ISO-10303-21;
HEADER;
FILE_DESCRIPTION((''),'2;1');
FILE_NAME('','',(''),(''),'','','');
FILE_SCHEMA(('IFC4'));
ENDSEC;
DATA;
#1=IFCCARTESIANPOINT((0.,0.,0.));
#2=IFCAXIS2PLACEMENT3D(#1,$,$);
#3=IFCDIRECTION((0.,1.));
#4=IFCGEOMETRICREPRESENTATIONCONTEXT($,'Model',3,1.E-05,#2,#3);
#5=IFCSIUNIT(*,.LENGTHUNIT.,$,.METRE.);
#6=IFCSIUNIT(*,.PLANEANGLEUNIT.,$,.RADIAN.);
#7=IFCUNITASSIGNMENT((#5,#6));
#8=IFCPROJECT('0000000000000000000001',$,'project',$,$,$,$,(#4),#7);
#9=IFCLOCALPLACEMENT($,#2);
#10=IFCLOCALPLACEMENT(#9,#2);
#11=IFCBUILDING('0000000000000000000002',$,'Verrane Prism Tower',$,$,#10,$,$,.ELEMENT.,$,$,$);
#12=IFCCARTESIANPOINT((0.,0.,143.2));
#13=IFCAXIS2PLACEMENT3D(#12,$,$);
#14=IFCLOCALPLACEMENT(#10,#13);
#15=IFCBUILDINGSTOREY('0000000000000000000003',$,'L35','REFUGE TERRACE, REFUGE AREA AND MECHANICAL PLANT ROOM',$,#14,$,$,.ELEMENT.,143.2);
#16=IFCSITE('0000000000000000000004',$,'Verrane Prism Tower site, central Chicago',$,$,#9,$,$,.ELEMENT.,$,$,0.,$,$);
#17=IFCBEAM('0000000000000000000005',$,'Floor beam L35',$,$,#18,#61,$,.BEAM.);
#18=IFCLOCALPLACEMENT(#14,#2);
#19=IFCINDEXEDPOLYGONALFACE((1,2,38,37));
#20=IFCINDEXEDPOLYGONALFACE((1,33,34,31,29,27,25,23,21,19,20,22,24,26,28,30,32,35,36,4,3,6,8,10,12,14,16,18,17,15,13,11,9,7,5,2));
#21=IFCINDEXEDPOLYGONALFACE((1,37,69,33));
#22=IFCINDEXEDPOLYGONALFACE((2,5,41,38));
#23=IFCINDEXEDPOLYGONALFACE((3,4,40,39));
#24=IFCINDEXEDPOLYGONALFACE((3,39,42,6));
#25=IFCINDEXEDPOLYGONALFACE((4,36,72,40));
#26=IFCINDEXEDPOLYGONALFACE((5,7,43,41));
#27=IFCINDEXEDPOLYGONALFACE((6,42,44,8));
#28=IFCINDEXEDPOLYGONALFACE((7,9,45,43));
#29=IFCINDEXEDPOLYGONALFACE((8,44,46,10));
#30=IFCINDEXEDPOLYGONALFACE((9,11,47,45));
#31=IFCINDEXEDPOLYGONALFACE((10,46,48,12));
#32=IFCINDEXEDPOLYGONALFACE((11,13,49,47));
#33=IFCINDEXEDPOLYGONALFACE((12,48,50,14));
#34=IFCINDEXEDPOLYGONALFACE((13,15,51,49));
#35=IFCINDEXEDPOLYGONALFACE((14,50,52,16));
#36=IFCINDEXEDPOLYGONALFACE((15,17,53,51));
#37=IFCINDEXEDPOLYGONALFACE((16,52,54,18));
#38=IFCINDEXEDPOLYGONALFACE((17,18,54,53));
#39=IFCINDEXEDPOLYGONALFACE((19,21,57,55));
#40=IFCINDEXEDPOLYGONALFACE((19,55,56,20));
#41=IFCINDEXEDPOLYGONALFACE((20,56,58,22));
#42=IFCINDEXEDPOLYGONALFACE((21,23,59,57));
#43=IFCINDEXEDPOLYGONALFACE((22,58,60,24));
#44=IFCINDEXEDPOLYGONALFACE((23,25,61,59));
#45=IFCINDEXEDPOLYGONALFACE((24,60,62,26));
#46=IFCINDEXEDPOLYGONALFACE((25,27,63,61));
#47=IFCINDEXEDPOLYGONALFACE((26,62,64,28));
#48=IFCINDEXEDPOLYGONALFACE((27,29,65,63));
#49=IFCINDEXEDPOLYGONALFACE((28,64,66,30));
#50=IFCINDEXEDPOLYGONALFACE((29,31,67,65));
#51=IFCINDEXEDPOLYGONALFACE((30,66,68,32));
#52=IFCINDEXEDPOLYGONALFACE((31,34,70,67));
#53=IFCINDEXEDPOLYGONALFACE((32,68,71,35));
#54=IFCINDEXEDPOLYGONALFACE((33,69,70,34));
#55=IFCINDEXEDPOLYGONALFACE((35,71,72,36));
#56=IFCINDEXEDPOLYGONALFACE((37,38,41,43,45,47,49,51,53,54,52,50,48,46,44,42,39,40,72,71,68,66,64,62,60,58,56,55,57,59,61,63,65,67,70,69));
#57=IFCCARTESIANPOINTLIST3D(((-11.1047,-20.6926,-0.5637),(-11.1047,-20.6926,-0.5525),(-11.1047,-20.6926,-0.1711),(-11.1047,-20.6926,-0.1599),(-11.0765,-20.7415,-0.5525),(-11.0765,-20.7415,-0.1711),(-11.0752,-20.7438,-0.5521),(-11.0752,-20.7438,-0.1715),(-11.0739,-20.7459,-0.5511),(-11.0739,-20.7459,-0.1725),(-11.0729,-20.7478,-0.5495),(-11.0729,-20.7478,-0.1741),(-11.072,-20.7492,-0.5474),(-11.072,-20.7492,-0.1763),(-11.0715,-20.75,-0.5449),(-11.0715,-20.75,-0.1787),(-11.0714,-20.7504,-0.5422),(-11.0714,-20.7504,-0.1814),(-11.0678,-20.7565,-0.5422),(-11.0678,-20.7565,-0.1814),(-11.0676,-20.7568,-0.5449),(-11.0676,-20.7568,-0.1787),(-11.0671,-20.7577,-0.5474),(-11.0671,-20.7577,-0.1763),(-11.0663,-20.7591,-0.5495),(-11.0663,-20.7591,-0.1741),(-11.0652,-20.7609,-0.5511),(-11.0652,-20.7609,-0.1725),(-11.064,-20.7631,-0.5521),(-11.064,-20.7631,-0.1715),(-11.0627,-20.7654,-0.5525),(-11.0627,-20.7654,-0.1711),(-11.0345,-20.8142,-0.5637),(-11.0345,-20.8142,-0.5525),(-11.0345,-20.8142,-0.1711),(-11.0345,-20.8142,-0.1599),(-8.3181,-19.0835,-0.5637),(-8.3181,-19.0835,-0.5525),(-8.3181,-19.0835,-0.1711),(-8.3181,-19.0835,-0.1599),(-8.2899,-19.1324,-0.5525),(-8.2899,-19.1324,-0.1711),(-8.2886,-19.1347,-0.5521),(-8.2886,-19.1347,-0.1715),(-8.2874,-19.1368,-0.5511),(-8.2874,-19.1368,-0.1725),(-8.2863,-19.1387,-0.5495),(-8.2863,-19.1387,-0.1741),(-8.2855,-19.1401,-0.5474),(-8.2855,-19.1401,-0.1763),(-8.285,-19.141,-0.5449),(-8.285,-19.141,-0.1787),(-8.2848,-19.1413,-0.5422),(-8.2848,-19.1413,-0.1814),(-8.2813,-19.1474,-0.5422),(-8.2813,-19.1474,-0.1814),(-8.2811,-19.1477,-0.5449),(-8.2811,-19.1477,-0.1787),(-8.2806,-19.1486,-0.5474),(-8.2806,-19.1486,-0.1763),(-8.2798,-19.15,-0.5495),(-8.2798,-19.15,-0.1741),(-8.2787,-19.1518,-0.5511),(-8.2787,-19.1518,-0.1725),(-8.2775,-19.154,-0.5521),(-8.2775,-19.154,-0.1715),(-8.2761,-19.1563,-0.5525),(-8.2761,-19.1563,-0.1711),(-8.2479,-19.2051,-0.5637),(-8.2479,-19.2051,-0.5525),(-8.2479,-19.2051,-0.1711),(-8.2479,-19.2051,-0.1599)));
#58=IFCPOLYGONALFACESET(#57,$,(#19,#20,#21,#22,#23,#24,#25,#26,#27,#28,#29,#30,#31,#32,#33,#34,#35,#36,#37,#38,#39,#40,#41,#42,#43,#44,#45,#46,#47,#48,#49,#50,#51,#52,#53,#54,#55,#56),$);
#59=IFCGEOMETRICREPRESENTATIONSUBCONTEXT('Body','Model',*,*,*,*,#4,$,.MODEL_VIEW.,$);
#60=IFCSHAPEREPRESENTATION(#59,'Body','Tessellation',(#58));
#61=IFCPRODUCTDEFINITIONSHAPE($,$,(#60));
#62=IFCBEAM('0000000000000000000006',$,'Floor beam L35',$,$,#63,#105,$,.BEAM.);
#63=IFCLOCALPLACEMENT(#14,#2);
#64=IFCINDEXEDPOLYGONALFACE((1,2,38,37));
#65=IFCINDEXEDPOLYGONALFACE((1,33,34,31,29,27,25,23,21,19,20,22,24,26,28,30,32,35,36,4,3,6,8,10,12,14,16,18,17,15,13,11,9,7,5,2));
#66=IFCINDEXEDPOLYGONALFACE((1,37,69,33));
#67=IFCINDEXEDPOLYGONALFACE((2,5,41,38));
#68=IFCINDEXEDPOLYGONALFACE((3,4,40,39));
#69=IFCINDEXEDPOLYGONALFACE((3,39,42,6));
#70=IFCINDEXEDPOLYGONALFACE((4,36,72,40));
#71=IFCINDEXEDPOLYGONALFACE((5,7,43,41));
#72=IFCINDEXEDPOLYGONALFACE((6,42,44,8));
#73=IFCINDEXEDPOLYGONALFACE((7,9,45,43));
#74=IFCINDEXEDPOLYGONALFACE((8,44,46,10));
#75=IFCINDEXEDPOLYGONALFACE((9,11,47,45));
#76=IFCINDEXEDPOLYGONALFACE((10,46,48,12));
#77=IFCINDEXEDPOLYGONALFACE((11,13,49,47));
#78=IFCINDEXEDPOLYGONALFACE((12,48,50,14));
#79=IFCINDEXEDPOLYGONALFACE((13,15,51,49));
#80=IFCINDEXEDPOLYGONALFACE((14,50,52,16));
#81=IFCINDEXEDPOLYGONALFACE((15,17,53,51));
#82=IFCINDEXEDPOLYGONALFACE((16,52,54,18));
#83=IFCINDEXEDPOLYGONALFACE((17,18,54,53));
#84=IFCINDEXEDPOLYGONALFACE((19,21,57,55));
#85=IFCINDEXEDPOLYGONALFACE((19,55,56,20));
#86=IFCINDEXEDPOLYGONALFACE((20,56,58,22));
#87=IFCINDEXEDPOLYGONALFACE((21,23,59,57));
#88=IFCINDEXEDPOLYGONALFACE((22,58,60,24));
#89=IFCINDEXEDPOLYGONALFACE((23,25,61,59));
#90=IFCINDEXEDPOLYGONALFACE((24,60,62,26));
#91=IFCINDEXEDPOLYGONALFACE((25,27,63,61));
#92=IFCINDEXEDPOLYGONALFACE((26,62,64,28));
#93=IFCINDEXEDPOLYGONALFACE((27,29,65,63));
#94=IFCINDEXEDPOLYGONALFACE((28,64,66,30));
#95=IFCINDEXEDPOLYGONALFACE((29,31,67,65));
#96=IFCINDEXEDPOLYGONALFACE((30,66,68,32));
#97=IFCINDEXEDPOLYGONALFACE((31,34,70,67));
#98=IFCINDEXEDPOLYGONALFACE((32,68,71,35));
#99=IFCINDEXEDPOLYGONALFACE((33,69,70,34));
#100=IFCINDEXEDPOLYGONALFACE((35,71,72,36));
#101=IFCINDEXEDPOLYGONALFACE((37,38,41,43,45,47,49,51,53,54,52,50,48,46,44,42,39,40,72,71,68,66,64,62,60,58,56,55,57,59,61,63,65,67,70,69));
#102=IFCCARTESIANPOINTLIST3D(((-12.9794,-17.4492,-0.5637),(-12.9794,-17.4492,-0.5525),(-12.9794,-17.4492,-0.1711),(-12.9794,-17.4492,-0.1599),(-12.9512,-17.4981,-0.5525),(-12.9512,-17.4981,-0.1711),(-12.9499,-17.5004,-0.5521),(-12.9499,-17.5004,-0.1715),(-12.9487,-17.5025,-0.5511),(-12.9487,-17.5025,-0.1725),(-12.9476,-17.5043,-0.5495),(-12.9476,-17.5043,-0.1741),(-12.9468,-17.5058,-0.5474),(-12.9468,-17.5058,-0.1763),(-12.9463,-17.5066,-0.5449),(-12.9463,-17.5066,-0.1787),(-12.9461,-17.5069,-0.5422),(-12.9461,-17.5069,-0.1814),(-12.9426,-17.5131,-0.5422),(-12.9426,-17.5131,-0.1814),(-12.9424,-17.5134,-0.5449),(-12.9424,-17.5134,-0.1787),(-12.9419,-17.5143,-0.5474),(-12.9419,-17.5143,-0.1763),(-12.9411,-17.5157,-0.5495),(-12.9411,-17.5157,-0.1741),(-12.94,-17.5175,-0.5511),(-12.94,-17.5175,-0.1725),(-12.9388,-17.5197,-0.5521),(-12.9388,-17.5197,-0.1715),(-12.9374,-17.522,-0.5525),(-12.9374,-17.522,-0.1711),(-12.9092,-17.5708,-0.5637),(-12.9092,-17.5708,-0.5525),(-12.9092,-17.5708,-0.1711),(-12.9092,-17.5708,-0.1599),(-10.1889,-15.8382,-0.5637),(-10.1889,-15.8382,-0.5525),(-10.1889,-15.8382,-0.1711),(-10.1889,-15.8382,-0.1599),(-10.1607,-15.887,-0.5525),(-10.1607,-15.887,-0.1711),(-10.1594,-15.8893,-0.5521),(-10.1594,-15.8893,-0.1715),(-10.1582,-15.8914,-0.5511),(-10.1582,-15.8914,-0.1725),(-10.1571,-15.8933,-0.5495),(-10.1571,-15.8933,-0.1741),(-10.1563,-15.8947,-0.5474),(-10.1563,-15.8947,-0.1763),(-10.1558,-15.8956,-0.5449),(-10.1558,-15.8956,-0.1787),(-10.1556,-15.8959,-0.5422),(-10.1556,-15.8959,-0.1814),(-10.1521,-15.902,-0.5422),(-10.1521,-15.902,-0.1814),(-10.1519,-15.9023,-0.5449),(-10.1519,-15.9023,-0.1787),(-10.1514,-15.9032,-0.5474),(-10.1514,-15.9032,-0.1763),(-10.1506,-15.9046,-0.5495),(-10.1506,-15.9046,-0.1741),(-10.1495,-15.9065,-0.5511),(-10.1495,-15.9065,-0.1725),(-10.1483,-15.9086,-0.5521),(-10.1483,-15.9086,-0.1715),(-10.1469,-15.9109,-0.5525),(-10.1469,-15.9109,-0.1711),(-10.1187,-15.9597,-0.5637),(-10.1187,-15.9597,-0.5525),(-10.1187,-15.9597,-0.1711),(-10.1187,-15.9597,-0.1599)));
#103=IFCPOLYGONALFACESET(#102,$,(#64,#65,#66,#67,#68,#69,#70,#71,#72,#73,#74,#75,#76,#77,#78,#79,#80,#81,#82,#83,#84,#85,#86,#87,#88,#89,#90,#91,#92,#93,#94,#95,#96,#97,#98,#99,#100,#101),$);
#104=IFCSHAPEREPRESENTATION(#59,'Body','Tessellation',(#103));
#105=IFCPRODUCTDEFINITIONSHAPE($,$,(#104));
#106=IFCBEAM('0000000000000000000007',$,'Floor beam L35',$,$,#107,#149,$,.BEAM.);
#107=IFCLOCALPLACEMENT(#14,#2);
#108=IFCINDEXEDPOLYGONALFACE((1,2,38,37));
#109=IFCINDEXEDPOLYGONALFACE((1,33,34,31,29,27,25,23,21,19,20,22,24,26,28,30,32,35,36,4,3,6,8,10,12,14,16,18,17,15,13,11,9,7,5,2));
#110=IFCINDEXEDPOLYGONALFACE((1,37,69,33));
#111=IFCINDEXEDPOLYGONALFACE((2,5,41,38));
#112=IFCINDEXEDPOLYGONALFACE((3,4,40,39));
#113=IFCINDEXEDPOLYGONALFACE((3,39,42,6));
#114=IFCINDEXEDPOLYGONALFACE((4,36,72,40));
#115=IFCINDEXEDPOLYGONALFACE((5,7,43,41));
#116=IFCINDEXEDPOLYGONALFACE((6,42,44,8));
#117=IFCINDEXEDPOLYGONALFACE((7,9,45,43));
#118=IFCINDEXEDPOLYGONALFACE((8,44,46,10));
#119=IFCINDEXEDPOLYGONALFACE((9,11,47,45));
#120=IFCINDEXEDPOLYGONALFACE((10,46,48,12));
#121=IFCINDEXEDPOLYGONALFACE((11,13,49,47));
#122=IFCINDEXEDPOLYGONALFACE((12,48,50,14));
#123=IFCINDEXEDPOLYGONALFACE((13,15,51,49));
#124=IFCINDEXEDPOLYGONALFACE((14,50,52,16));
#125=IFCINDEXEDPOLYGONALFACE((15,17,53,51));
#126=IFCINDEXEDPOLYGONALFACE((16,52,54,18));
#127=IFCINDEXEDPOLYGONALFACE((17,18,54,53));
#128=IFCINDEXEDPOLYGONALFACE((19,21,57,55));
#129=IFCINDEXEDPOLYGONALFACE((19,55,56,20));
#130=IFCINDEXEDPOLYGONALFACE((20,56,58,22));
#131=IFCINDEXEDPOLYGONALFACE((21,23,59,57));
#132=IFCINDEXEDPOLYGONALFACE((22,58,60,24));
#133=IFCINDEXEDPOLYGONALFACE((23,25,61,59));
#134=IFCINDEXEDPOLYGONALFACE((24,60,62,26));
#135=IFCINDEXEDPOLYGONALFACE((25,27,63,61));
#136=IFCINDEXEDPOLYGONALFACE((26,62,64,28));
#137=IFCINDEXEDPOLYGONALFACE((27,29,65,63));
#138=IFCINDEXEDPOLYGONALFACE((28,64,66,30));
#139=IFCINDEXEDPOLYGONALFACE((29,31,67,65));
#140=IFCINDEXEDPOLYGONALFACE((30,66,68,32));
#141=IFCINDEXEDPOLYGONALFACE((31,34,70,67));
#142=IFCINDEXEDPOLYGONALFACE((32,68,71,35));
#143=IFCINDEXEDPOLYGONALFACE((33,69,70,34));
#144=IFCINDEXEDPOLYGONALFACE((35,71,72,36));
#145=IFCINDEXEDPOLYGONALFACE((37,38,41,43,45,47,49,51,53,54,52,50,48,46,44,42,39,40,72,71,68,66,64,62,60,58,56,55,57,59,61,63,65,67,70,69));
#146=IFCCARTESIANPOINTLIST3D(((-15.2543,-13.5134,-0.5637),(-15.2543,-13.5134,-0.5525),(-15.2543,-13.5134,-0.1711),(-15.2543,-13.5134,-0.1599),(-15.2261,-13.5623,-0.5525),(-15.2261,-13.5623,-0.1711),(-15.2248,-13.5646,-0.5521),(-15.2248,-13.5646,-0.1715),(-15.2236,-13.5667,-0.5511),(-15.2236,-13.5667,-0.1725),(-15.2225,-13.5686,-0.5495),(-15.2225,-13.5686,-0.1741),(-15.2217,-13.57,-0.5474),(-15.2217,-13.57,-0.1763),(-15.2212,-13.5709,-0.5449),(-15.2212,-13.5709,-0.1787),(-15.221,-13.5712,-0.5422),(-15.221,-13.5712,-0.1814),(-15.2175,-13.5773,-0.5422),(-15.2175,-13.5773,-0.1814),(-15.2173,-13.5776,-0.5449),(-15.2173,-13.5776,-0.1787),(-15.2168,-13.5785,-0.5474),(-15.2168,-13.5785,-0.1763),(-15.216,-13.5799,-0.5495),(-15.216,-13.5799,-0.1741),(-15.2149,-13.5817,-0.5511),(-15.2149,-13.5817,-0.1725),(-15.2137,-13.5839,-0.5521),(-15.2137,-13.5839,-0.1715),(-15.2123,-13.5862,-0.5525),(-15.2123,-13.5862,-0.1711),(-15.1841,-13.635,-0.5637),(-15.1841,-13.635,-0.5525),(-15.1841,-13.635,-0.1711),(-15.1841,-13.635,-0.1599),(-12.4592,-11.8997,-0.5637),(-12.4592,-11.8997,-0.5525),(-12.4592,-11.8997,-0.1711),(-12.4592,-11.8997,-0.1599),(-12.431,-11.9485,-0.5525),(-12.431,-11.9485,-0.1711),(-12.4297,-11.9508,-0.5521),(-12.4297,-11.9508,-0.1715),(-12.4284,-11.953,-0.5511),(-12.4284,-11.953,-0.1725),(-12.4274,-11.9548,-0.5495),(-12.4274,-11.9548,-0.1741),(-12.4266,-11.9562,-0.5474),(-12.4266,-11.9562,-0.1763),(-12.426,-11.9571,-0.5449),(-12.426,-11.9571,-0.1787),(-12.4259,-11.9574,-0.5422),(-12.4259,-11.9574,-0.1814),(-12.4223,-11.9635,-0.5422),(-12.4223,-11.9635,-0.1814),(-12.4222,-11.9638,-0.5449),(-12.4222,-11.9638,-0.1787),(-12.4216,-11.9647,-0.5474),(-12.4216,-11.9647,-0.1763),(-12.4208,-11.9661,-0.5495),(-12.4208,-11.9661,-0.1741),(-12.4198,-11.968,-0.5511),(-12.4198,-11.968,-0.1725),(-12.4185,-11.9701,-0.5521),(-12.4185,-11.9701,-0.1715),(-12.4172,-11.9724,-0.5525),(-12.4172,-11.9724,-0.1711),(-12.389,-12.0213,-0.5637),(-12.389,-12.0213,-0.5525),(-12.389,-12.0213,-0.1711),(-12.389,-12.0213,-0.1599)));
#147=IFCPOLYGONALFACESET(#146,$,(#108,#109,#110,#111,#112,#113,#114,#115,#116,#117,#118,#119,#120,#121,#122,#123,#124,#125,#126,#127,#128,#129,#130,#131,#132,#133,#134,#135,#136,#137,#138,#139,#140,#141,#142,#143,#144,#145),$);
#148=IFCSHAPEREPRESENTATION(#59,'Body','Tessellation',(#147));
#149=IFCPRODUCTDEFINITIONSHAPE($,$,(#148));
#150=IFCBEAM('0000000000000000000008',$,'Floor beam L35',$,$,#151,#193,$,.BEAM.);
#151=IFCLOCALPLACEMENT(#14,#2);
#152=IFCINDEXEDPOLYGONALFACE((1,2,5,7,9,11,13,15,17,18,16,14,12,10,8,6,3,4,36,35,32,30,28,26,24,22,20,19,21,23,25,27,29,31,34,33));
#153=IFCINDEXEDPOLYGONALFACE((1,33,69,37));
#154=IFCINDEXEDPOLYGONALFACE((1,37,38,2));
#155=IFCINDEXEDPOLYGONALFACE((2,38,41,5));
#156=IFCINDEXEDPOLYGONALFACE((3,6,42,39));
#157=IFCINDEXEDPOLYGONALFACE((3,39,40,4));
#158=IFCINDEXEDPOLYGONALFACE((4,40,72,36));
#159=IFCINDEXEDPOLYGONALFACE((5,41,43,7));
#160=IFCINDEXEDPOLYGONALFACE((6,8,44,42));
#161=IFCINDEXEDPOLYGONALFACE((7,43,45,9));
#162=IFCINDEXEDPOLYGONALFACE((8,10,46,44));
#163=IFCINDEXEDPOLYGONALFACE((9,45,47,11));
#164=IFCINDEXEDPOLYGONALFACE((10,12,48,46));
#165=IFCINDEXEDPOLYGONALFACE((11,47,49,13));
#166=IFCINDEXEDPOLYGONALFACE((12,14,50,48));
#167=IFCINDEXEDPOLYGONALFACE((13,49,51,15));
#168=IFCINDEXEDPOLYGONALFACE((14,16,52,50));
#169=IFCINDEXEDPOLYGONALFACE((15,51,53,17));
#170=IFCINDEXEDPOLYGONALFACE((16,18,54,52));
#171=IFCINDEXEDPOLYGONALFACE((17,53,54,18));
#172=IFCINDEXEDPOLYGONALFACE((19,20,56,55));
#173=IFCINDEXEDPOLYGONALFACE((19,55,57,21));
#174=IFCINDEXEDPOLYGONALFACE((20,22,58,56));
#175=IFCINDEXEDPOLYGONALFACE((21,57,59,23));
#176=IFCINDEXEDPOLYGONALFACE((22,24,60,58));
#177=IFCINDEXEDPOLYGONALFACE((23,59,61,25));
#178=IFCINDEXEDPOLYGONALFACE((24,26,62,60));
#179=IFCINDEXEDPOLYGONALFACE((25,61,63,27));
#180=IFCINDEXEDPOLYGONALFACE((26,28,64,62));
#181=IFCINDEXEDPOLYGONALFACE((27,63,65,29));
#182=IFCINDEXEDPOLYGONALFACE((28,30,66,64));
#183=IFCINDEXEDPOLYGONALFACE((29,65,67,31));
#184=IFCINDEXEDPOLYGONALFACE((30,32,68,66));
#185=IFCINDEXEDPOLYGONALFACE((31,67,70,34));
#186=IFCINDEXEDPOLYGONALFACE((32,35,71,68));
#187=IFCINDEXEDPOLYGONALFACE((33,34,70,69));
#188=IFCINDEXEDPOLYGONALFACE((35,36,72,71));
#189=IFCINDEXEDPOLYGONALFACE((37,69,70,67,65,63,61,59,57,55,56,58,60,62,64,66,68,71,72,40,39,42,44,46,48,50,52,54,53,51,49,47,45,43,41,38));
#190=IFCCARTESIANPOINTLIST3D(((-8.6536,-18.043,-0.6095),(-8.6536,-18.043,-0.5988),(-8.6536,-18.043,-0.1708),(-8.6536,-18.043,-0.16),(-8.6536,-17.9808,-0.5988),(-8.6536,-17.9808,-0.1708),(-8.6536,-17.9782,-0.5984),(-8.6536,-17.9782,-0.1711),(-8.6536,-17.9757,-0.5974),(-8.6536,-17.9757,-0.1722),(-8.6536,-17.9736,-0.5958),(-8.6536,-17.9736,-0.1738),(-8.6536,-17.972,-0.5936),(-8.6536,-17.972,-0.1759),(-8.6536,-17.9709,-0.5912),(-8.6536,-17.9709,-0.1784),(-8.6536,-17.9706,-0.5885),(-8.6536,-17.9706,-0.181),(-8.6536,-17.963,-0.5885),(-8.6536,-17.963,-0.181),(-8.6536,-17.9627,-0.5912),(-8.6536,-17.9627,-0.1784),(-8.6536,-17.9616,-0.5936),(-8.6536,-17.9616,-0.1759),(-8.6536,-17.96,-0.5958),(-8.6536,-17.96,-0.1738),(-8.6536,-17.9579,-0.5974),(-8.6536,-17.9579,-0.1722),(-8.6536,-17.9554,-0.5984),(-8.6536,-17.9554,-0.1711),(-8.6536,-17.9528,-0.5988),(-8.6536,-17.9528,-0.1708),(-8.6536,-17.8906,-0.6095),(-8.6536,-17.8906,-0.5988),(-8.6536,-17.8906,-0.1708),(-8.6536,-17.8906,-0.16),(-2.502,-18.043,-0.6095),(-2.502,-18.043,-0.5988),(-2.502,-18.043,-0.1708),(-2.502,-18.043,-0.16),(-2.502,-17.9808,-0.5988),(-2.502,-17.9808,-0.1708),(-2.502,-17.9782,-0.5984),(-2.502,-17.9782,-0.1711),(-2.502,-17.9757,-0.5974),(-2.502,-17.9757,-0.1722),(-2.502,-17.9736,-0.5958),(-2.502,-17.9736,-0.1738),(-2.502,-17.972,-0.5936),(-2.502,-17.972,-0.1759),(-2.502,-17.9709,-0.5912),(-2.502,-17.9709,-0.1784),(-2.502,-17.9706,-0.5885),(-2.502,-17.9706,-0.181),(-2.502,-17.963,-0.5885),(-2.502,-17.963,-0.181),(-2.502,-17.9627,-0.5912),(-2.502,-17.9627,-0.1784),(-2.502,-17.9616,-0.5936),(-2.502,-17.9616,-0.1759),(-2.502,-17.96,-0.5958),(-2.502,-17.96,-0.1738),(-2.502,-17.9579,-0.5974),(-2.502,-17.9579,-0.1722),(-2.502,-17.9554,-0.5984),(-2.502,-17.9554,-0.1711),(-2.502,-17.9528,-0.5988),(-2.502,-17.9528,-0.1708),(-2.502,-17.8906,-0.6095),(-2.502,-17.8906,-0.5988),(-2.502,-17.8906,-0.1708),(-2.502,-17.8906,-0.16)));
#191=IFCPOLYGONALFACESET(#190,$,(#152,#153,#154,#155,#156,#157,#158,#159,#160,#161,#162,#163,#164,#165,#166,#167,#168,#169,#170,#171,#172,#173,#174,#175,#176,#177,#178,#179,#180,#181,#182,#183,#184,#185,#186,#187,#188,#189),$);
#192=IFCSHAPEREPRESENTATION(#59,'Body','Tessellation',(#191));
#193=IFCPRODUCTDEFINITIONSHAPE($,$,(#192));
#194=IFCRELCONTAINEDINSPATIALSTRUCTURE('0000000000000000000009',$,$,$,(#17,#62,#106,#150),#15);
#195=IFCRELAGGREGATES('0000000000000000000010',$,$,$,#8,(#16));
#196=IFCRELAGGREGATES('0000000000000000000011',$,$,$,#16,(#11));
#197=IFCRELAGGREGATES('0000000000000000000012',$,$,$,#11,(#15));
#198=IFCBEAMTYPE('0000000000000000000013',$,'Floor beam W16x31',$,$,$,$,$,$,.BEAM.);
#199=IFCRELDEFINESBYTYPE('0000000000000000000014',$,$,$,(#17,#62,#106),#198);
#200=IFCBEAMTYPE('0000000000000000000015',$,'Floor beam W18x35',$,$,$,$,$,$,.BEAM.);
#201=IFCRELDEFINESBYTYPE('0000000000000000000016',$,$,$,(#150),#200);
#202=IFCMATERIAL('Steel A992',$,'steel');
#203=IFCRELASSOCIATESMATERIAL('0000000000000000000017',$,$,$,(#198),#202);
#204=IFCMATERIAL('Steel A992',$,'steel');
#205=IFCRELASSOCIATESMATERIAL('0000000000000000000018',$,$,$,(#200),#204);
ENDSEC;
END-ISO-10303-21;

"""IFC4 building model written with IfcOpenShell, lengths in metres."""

from ifc_helpers import new_model, si_unit, direction, frame, origin, origin_2d, place, context, subcontext, project, spatial, i_section, extrude, material, material_profile, profile_set, type_object, element, save


model = new_model("IFC4")

# Units and contexts
model_context = context("Model", 3, precision=1e-05, world=origin(), true_north=direction((0.0, 1.0)))
body_context = subcontext(model_context, "Body", "Model", "MODEL_VIEW")
ifc_project = project(units=[si_unit("LENGTHUNIT", "METRE"), si_unit("PLANEANGLEUNIT", "RADIAN")], contexts=[model_context])

# Site, building, storey
site_placement = place(None, origin())
site = spatial("IfcSite", under=ifc_project, at=site_placement, Name="Verrane Prism Tower site, central Chicago", CompositionType="ELEMENT", RefElevation=0.0)
building_placement = place(site_placement, origin())
building = spatial("IfcBuilding", under=site, at=building_placement, Name="Verrane Prism Tower", CompositionType="ELEMENT")
storey_placement = place(building_placement, frame((0.0, 0.0, 143.2)))
storey = spatial("IfcBuildingStorey", under=building, at=storey_placement, Name="L35", Description="REFUGE TERRACE, REFUGE AREA AND MECHANICAL PLANT ROOM", CompositionType="ELEMENT", Elevation=143.2)

# Beams
ifc_material_1 = material(Name="Steel A992", Category="steel")
ifc_material_profile_1 = material_profile(ifc_material_1, i_section(OverallWidth=0.1404, OverallDepth=0.4038, WebThickness=0.0071, FlangeThickness=0.0112, FilletRadius=0.0103, at=origin_2d()), Name="W16x31")
ifc_profile_set_1 = profile_set([ifc_material_profile_1], Name="Steel A992")
beam_type_1 = type_object("IfcBeamType", Name="Floor beam W16x31", PredefinedType="BEAM", material=ifc_profile_set_1)
beam_1_placement = place(storey_placement, frame((-11.0696, -20.7534, -0.3618), z_axis=(0.865988, 0.500064, 0.0), x_axis=(-0.500064, 0.865988, 0.0)))
element("IfcBeam", 1, at=beam_1_placement, inside=storey, type_object=beam_type_1, Name="Floor beam L35", PredefinedType="BEAM", context=body_context, shape_type="SweptSolid", body=[
    extrude(i_section(OverallWidth=0.1404, OverallDepth=0.4038, WebThickness=0.0071, FlangeThickness=0.0112, FilletRadius=0.0103, at=origin_2d()), origin(), (0.0, 0.0, 1.0), 3.2178),
])
beam_2_placement = place(storey_placement, frame((-12.9443, -17.51, -0.3618), z_axis=(0.866029, 0.499994, 0.0), x_axis=(-0.499994, 0.866029, 0.0)))
element("IfcBeam", 2, at=beam_2_placement, inside=storey, type_object=beam_type_1, Name="Floor beam L35", PredefinedType="BEAM", context=body_context, shape_type="SweptSolid", body=[
    extrude(i_section(OverallWidth=0.1404, OverallDepth=0.4038, WebThickness=0.0071, FlangeThickness=0.0112, FilletRadius=0.0103, at=origin_2d()), origin(), (0.0, 0.0, 1.0), 3.2222),
])
beam_3_placement = place(storey_placement, frame((-15.2192, -13.5742, -0.3618), z_axis=(0.866028, 0.499995, 0.0), x_axis=(-0.499995, 0.866028, 0.0)))
element("IfcBeam", 3, at=beam_3_placement, inside=storey, type_object=beam_type_1, Name="Floor beam L35", PredefinedType="BEAM", context=body_context, shape_type="SweptSolid", body=[
    extrude(i_section(OverallWidth=0.1404, OverallDepth=0.4038, WebThickness=0.0071, FlangeThickness=0.0112, FilletRadius=0.0103, at=origin_2d()), origin(), (0.0, 0.0, 1.0), 3.2275),
])
ifc_material_2 = material(Name="Steel A992", Category="steel")
ifc_material_profile_2 = material_profile(ifc_material_2, i_section(OverallWidth=0.1523, OverallDepth=0.4495, WebThickness=0.0076, FlangeThickness=0.0107, FilletRadius=0.0103, at=origin_2d()), Name="W18x35")
ifc_profile_set_2 = profile_set([ifc_material_profile_2], Name="Steel A992")
beam_type_2 = type_object("IfcBeamType", Name="Floor beam W18x35", PredefinedType="BEAM", material=ifc_profile_set_2)
beam_4_placement = place(storey_placement, frame((-8.6536, -17.9668, -0.3848), z_axis=(1.0, 0.0, 0.0), x_axis=(0.0, 1.0, 0.0)))
element("IfcBeam", 4, at=beam_4_placement, inside=storey, type_object=beam_type_2, Name="Floor beam L35", PredefinedType="BEAM", context=body_context, shape_type="SweptSolid", body=[
    extrude(i_section(OverallWidth=0.1523, OverallDepth=0.4495, WebThickness=0.0076, FlangeThickness=0.0107, FilletRadius=0.0103, at=origin_2d()), origin(), (0.0, 0.0, 1.0), 6.1516),
])

save(model, "model.ifc")
